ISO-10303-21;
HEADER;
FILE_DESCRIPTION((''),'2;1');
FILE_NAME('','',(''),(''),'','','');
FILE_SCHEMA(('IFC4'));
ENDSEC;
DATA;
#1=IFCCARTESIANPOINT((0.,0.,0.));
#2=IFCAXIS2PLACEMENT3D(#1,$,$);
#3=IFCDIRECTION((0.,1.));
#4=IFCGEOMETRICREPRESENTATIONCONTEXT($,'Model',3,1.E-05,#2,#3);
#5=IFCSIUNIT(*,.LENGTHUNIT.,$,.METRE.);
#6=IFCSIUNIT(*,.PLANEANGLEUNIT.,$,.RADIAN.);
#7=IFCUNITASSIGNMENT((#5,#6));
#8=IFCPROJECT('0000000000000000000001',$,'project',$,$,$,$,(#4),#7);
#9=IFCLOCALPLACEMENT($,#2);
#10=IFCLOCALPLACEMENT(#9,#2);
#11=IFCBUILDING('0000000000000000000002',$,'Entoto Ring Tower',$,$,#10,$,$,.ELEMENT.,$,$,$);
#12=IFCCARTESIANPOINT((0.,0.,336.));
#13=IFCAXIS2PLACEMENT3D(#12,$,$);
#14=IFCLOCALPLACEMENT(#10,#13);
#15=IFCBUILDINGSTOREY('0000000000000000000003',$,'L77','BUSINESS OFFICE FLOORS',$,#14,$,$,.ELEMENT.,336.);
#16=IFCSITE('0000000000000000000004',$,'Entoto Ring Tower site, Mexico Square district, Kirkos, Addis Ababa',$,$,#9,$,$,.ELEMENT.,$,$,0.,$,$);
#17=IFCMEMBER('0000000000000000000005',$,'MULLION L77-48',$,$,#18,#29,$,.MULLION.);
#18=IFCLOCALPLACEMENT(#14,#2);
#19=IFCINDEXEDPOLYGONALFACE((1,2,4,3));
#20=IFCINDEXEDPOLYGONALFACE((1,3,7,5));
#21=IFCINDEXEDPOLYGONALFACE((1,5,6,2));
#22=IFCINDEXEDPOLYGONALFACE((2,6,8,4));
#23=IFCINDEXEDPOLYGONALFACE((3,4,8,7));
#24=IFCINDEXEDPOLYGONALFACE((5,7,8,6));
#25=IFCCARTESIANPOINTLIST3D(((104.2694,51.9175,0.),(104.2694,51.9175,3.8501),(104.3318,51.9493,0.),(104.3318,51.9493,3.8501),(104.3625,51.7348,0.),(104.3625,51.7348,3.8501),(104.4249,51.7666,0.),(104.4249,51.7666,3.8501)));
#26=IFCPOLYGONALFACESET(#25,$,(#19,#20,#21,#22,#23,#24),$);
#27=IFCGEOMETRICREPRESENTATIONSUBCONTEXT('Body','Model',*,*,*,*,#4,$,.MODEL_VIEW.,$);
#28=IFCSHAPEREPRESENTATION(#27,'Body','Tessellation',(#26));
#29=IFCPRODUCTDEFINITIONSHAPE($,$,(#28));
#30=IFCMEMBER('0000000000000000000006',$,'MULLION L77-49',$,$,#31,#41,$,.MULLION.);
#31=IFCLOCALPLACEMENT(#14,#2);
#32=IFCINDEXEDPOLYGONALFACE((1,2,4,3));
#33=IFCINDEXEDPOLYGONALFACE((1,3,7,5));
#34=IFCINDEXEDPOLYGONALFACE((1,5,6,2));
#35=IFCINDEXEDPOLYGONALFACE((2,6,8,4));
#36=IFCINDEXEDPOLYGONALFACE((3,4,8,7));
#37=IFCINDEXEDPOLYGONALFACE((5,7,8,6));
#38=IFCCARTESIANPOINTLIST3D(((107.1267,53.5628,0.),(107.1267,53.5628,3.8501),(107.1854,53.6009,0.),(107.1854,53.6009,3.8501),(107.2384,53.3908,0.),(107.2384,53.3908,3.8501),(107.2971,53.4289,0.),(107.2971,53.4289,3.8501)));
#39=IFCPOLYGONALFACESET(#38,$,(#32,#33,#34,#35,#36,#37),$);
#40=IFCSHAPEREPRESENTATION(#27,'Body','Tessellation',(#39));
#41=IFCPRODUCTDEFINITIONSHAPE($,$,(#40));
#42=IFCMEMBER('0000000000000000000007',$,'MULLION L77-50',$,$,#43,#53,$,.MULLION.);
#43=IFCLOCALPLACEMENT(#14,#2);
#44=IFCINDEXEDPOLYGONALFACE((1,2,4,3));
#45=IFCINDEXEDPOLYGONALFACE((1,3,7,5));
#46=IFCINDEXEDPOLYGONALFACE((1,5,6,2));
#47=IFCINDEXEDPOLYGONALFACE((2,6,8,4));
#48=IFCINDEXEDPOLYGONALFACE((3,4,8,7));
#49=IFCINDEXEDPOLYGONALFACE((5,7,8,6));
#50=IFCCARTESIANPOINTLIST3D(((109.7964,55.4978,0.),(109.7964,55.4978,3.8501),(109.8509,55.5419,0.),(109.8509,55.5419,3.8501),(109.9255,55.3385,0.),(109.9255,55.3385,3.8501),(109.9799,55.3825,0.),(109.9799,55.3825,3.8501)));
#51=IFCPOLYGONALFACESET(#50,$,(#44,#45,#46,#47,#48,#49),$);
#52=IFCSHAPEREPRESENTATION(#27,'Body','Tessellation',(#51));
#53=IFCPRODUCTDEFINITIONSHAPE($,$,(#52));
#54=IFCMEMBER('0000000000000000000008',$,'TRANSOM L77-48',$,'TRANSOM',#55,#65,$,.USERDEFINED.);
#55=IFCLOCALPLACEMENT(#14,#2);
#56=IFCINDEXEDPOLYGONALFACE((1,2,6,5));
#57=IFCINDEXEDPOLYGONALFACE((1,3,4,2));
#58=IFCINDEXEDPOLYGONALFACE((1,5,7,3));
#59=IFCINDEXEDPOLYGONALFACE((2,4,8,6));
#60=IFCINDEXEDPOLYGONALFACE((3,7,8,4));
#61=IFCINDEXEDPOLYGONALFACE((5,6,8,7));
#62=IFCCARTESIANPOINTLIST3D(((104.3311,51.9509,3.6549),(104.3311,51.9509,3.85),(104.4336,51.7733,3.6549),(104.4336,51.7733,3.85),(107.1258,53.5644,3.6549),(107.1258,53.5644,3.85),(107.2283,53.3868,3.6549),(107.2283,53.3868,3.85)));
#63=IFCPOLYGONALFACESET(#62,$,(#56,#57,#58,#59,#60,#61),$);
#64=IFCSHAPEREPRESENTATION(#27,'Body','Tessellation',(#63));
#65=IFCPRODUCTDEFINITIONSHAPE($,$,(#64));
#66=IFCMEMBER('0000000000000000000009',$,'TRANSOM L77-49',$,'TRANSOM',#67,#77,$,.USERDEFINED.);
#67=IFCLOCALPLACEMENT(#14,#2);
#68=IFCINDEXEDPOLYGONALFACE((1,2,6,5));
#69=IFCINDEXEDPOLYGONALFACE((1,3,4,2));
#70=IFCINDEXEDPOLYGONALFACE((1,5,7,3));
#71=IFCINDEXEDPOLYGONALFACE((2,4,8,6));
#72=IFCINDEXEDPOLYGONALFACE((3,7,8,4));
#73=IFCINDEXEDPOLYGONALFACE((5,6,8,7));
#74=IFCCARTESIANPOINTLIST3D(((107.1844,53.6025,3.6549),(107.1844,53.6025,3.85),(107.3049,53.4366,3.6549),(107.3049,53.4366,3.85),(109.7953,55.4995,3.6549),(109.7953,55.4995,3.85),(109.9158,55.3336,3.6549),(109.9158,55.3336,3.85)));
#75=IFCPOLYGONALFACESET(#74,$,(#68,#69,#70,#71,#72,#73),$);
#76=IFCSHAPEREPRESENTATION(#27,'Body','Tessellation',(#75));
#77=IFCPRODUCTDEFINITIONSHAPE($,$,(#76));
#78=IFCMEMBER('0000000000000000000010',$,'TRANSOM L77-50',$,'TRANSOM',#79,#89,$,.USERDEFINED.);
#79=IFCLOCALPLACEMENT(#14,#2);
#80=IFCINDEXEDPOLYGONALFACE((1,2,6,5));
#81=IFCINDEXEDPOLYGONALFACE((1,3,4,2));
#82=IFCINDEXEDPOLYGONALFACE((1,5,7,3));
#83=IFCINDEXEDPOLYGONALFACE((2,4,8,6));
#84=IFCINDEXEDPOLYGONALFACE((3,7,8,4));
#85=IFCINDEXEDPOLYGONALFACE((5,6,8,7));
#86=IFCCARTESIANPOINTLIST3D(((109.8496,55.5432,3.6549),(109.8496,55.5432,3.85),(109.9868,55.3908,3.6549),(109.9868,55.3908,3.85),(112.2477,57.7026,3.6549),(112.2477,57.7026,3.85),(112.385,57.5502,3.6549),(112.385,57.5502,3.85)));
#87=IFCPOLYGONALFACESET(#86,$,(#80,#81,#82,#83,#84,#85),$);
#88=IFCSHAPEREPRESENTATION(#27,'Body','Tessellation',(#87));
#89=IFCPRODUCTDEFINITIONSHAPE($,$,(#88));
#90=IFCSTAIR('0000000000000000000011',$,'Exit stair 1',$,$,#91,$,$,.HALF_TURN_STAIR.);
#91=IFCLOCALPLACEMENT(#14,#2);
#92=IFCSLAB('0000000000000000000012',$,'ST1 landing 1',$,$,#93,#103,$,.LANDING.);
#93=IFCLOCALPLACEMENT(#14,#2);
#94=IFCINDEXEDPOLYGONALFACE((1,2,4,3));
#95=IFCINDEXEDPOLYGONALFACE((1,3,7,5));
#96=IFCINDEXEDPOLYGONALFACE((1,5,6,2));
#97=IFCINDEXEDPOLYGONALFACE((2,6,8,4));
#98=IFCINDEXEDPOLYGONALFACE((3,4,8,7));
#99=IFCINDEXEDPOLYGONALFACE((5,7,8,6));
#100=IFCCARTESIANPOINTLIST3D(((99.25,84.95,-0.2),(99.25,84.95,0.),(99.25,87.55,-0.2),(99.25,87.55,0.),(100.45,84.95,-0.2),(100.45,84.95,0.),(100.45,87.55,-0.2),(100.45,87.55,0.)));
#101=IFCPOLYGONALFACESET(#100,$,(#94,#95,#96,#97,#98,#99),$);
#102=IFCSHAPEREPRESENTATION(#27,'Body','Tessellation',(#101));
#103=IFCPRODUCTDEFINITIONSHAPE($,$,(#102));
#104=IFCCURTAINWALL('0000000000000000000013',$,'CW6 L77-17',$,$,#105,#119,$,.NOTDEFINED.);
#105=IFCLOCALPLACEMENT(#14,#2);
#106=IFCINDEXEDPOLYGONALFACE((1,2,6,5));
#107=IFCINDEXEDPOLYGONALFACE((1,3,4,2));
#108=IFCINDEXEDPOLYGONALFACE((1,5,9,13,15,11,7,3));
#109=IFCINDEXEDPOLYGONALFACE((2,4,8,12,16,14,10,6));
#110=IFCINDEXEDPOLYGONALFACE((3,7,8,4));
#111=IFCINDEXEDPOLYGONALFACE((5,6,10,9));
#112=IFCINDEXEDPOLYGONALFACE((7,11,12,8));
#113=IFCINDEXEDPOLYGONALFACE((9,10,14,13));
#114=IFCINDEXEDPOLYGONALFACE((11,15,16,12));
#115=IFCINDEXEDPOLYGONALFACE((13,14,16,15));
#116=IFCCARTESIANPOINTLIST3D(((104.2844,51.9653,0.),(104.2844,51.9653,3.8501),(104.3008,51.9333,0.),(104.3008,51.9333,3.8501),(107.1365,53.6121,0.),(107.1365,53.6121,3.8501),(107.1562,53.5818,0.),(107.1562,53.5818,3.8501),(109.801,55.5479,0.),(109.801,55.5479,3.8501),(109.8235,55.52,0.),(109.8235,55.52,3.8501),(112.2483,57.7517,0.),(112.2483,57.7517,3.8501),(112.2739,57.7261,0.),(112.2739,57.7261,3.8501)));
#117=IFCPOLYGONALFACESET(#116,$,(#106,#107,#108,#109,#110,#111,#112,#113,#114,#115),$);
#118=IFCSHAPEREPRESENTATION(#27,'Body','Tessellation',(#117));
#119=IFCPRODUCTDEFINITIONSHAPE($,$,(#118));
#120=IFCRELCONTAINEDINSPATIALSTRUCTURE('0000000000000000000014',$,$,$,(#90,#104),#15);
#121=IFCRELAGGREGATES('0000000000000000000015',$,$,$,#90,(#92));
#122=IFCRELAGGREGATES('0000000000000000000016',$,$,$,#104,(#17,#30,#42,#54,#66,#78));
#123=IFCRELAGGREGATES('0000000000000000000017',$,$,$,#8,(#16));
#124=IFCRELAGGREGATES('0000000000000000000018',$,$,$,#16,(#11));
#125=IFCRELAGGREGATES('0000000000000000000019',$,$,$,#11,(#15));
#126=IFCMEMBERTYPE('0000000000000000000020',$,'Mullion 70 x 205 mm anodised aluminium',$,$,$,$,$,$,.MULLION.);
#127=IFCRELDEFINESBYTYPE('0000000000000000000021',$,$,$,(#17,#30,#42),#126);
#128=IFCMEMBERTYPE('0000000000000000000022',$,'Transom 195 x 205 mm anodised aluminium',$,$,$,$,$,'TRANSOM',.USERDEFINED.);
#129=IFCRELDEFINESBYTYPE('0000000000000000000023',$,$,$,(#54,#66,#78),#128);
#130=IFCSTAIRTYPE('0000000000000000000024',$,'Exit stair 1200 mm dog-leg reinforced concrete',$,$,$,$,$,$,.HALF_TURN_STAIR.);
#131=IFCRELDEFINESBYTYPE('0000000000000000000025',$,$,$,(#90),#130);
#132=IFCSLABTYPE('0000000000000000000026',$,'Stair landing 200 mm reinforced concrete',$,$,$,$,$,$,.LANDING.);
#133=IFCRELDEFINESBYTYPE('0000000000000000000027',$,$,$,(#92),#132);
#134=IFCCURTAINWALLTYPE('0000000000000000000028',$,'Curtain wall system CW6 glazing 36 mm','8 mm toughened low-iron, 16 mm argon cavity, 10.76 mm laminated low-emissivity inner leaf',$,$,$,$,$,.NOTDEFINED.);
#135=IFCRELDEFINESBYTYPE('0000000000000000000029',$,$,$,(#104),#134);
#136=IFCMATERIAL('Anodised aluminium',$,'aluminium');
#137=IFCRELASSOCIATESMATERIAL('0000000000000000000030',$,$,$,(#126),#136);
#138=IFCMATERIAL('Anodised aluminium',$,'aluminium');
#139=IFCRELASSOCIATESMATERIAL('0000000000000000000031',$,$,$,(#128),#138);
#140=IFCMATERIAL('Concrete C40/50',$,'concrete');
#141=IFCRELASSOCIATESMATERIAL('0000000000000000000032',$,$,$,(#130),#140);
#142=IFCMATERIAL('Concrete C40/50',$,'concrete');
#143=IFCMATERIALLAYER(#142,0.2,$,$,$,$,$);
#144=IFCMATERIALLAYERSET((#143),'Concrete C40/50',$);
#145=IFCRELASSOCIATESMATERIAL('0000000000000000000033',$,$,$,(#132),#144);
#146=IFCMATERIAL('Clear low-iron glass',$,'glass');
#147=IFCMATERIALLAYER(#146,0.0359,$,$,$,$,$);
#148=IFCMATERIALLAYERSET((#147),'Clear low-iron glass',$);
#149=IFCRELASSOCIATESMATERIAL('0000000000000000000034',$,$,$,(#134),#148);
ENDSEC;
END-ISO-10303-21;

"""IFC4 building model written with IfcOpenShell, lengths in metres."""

from ifc_helpers import new_model, si_unit, direction, frame, origin, origin_2d, place, context, subcontext, project, spatial, polyline, rectangle, outline, extrude, material, layer, layer_set, material_profile, profile_set, type_object, element, aggregate, save


model = new_model("IFC4")

# Units and contexts
model_context = context("Model", 3, precision=1e-05, world=origin(), true_north=direction((0.0, 1.0)))
body_context = subcontext(model_context, "Body", "Model", "MODEL_VIEW")
ifc_project = project(units=[si_unit("LENGTHUNIT", "METRE"), si_unit("PLANEANGLEUNIT", "RADIAN")], contexts=[model_context])

# Members
ifc_material_1 = material(Name="Anodised aluminium", Category="aluminium")
ifc_material_profile_1 = material_profile(ifc_material_1, rectangle(XDim=0.0701, YDim=0.2051, at=origin_2d()), Name="Mullion 70 x 205 mm anodised aluminium")
ifc_profile_set_1 = profile_set([ifc_material_profile_1], Name="Anodised aluminium")
member_type_1 = type_object("IfcMemberType", Name="Mullion 70 x 205 mm anodised aluminium", PredefinedType="MULLION", material=ifc_profile_set_1)
site_placement = place(None, origin())
building_placement = place(site_placement, origin())
storey_placement = place(building_placement, frame((0.0, 0.0, 336.0)))
member_1_placement = place(storey_placement, frame((104.3472, 51.842, 0.0), z_axis=(0.0, 0.0, 1.0), x_axis=(0.891007, 0.45399, 0.0)))
member_1 = element("IfcMember", 1, at=member_1_placement, type_object=member_type_1, Name="MULLION L77-48", PredefinedType="MULLION", context=body_context, shape_type="SweptSolid", body=[
    extrude(rectangle(XDim=0.0701, YDim=0.2051, at=origin_2d()), origin(), (0.0, 0.0, 1.0), 3.8501),
])
member_2_placement = place(storey_placement, frame((107.2119, 53.4958, 0.0), z_axis=(0.0, 0.0, 1.0), x_axis=(0.838671, 0.544639, 0.0)))
member_2 = element("IfcMember", 2, at=member_2_placement, type_object=member_type_1, Name="MULLION L77-49", PredefinedType="MULLION", context=body_context, shape_type="SweptSolid", body=[
    extrude(rectangle(XDim=0.0701, YDim=0.2051, at=origin_2d()), origin(), (0.0, 0.0, 1.0), 3.8501),
])
member_3_placement = place(storey_placement, frame((109.8882, 55.4402, 0.0), z_axis=(0.0, 0.0, 1.0), x_axis=(0.777146, 0.62932, 0.0)))
member_3 = element("IfcMember", 3, at=member_3_placement, type_object=member_type_1, Name="MULLION L77-50", PredefinedType="MULLION", context=body_context, shape_type="SweptSolid", body=[
    extrude(rectangle(XDim=0.0701, YDim=0.2051, at=origin_2d()), origin(), (0.0, 0.0, 1.0), 3.8501),
])
ifc_material_2 = material(Name="Anodised aluminium", Category="aluminium")
ifc_material_profile_2 = material_profile(ifc_material_2, rectangle(XDim=0.2051, YDim=0.1951, at=origin_2d()), Name="Transom 195 x 205 mm anodised aluminium")
ifc_profile_set_2 = profile_set([ifc_material_profile_2], Name="Anodised aluminium")
member_type_2 = type_object("IfcMemberType", Name="Transom 195 x 205 mm anodised aluminium", ElementType="TRANSOM", PredefinedType="USERDEFINED", material=ifc_profile_set_2)
member_4_placement = place(storey_placement, frame((104.3823, 51.8621, 3.7524), z_axis=(0.866023, 0.500004, 0.0), x_axis=(-0.500004, 0.866023, 0.0)))
member_4 = element("IfcMember", 4, at=member_4_placement, type_object=member_type_2, Name="TRANSOM L77-48", ObjectType="TRANSOM", PredefinedType="USERDEFINED", context=body_context, shape_type="SweptSolid", body=[
    extrude(rectangle(XDim=0.2051, YDim=0.1951, at=origin_2d()), origin(), (0.0, 0.0, 1.0), 3.2271),
])
member_5_placement = place(storey_placement, frame((107.2446, 53.5195, 3.7524), z_axis=(0.809004, 0.587803, 0.0), x_axis=(-0.587803, 0.809004, 0.0)))
member_5 = element("IfcMember", 5, at=member_5_placement, type_object=member_type_2, Name="TRANSOM L77-49", ObjectType="TRANSOM", PredefinedType="USERDEFINED", context=body_context, shape_type="SweptSolid", body=[
    extrude(rectangle(XDim=0.2051, YDim=0.1951, at=origin_2d()), origin(), (0.0, 0.0, 1.0), 3.2273),
])
member_6_placement = place(storey_placement, frame((109.9182, 55.467, 3.7524), z_axis=(0.743132, 0.669144, 0.0), x_axis=(-0.669144, 0.743132, 0.0)))
member_6 = element("IfcMember", 6, at=member_6_placement, type_object=member_type_2, Name="TRANSOM L77-50", ObjectType="TRANSOM", PredefinedType="USERDEFINED", context=body_context, shape_type="SweptSolid", body=[
    extrude(rectangle(XDim=0.2051, YDim=0.1951, at=origin_2d()), origin(), (0.0, 0.0, 1.0), 3.2271),
])

# Site, building, storey
site = spatial("IfcSite", under=ifc_project, at=site_placement, Name="Entoto Ring Tower site, Mexico Square district, Kirkos, Addis Ababa", CompositionType="ELEMENT", RefElevation=0.0)
building = spatial("IfcBuilding", under=site, at=building_placement, Name="Entoto Ring Tower", CompositionType="ELEMENT")
storey = spatial("IfcBuildingStorey", under=building, at=storey_placement, Name="L77", Description="BUSINESS OFFICE FLOORS", CompositionType="ELEMENT", Elevation=336.0)

# Stair, slab
ifc_material_3 = material(Name="Concrete C40/50", Category="concrete")
stair_type = type_object("IfcStairType", Name="Exit stair 1200 mm dog-leg reinforced concrete", PredefinedType="HALF_TURN_STAIR", material=ifc_material_3)
stair_placement = place(storey_placement, origin())
stair = element("IfcStair", 7, at=stair_placement, inside=storey, type_object=stair_type, Name="Exit stair 1", PredefinedType="HALF_TURN_STAIR")
ifc_material_4 = material(Name="Concrete C40/50", Category="concrete")
ifc_layer_1 = layer(ifc_material_4, 0.2)
ifc_layer_set_1 = layer_set([ifc_layer_1], Name="Concrete C40/50")
slab_type = type_object("IfcSlabType", Name="Stair landing 200 mm reinforced concrete", PredefinedType="LANDING", material=ifc_layer_set_1)
slab_placement = place(storey_placement, frame((0.0, 0.0, -0.2)))
slab = element("IfcSlab", 8, at=slab_placement, type_object=slab_type, Name="ST1 landing 1", PredefinedType="LANDING", context=body_context, shape_type="SweptSolid", body=[
    extrude(outline(polyline([(100.45, 84.95), (100.45, 87.55), (99.25, 87.55), (99.25, 84.95), (100.45, 84.95)])), origin(), (0.0, 0.0, 1.0), 0.2),
])
aggregate(stair, [slab])

# Curtain wall
ifc_material_5 = material(Name="Clear low-iron glass", Category="glass")
ifc_layer_2 = layer(ifc_material_5, 0.0359)
ifc_layer_set_2 = layer_set([ifc_layer_2], Name="Clear low-iron glass")
curtain_wall_type = type_object("IfcCurtainWallType", Name="Curtain wall system CW6 glazing 36 mm", Description="8 mm toughened low-iron, 16 mm argon cavity, 10.76 mm laminated low-emissivity inner leaf", PredefinedType="NOTDEFINED", material=ifc_layer_set_2)
curtain_wall_1_placement = place(storey_placement, origin())
curtain_wall_1 = element("IfcCurtainWall", 9, at=curtain_wall_1_placement, inside=storey, type_object=curtain_wall_type, Name="CW6 L77-17", PredefinedType="NOTDEFINED", context=body_context, shape_type="SweptSolid", body=[
    extrude(outline(polyline([(104.3008, 51.9333), (107.1562, 53.5818), (109.8235, 55.52), (112.2739, 57.7261), (112.2483, 57.7517), (109.801, 55.5479), (107.1365, 53.6121), (104.2844, 51.9653), (104.3008, 51.9333)])), origin(), (0.0, 0.0, 1.0), 3.8501),
])
aggregate(curtain_wall_1, [member_1, member_2, member_3, member_4, member_5, member_6])

save(model, "model.ifc")
